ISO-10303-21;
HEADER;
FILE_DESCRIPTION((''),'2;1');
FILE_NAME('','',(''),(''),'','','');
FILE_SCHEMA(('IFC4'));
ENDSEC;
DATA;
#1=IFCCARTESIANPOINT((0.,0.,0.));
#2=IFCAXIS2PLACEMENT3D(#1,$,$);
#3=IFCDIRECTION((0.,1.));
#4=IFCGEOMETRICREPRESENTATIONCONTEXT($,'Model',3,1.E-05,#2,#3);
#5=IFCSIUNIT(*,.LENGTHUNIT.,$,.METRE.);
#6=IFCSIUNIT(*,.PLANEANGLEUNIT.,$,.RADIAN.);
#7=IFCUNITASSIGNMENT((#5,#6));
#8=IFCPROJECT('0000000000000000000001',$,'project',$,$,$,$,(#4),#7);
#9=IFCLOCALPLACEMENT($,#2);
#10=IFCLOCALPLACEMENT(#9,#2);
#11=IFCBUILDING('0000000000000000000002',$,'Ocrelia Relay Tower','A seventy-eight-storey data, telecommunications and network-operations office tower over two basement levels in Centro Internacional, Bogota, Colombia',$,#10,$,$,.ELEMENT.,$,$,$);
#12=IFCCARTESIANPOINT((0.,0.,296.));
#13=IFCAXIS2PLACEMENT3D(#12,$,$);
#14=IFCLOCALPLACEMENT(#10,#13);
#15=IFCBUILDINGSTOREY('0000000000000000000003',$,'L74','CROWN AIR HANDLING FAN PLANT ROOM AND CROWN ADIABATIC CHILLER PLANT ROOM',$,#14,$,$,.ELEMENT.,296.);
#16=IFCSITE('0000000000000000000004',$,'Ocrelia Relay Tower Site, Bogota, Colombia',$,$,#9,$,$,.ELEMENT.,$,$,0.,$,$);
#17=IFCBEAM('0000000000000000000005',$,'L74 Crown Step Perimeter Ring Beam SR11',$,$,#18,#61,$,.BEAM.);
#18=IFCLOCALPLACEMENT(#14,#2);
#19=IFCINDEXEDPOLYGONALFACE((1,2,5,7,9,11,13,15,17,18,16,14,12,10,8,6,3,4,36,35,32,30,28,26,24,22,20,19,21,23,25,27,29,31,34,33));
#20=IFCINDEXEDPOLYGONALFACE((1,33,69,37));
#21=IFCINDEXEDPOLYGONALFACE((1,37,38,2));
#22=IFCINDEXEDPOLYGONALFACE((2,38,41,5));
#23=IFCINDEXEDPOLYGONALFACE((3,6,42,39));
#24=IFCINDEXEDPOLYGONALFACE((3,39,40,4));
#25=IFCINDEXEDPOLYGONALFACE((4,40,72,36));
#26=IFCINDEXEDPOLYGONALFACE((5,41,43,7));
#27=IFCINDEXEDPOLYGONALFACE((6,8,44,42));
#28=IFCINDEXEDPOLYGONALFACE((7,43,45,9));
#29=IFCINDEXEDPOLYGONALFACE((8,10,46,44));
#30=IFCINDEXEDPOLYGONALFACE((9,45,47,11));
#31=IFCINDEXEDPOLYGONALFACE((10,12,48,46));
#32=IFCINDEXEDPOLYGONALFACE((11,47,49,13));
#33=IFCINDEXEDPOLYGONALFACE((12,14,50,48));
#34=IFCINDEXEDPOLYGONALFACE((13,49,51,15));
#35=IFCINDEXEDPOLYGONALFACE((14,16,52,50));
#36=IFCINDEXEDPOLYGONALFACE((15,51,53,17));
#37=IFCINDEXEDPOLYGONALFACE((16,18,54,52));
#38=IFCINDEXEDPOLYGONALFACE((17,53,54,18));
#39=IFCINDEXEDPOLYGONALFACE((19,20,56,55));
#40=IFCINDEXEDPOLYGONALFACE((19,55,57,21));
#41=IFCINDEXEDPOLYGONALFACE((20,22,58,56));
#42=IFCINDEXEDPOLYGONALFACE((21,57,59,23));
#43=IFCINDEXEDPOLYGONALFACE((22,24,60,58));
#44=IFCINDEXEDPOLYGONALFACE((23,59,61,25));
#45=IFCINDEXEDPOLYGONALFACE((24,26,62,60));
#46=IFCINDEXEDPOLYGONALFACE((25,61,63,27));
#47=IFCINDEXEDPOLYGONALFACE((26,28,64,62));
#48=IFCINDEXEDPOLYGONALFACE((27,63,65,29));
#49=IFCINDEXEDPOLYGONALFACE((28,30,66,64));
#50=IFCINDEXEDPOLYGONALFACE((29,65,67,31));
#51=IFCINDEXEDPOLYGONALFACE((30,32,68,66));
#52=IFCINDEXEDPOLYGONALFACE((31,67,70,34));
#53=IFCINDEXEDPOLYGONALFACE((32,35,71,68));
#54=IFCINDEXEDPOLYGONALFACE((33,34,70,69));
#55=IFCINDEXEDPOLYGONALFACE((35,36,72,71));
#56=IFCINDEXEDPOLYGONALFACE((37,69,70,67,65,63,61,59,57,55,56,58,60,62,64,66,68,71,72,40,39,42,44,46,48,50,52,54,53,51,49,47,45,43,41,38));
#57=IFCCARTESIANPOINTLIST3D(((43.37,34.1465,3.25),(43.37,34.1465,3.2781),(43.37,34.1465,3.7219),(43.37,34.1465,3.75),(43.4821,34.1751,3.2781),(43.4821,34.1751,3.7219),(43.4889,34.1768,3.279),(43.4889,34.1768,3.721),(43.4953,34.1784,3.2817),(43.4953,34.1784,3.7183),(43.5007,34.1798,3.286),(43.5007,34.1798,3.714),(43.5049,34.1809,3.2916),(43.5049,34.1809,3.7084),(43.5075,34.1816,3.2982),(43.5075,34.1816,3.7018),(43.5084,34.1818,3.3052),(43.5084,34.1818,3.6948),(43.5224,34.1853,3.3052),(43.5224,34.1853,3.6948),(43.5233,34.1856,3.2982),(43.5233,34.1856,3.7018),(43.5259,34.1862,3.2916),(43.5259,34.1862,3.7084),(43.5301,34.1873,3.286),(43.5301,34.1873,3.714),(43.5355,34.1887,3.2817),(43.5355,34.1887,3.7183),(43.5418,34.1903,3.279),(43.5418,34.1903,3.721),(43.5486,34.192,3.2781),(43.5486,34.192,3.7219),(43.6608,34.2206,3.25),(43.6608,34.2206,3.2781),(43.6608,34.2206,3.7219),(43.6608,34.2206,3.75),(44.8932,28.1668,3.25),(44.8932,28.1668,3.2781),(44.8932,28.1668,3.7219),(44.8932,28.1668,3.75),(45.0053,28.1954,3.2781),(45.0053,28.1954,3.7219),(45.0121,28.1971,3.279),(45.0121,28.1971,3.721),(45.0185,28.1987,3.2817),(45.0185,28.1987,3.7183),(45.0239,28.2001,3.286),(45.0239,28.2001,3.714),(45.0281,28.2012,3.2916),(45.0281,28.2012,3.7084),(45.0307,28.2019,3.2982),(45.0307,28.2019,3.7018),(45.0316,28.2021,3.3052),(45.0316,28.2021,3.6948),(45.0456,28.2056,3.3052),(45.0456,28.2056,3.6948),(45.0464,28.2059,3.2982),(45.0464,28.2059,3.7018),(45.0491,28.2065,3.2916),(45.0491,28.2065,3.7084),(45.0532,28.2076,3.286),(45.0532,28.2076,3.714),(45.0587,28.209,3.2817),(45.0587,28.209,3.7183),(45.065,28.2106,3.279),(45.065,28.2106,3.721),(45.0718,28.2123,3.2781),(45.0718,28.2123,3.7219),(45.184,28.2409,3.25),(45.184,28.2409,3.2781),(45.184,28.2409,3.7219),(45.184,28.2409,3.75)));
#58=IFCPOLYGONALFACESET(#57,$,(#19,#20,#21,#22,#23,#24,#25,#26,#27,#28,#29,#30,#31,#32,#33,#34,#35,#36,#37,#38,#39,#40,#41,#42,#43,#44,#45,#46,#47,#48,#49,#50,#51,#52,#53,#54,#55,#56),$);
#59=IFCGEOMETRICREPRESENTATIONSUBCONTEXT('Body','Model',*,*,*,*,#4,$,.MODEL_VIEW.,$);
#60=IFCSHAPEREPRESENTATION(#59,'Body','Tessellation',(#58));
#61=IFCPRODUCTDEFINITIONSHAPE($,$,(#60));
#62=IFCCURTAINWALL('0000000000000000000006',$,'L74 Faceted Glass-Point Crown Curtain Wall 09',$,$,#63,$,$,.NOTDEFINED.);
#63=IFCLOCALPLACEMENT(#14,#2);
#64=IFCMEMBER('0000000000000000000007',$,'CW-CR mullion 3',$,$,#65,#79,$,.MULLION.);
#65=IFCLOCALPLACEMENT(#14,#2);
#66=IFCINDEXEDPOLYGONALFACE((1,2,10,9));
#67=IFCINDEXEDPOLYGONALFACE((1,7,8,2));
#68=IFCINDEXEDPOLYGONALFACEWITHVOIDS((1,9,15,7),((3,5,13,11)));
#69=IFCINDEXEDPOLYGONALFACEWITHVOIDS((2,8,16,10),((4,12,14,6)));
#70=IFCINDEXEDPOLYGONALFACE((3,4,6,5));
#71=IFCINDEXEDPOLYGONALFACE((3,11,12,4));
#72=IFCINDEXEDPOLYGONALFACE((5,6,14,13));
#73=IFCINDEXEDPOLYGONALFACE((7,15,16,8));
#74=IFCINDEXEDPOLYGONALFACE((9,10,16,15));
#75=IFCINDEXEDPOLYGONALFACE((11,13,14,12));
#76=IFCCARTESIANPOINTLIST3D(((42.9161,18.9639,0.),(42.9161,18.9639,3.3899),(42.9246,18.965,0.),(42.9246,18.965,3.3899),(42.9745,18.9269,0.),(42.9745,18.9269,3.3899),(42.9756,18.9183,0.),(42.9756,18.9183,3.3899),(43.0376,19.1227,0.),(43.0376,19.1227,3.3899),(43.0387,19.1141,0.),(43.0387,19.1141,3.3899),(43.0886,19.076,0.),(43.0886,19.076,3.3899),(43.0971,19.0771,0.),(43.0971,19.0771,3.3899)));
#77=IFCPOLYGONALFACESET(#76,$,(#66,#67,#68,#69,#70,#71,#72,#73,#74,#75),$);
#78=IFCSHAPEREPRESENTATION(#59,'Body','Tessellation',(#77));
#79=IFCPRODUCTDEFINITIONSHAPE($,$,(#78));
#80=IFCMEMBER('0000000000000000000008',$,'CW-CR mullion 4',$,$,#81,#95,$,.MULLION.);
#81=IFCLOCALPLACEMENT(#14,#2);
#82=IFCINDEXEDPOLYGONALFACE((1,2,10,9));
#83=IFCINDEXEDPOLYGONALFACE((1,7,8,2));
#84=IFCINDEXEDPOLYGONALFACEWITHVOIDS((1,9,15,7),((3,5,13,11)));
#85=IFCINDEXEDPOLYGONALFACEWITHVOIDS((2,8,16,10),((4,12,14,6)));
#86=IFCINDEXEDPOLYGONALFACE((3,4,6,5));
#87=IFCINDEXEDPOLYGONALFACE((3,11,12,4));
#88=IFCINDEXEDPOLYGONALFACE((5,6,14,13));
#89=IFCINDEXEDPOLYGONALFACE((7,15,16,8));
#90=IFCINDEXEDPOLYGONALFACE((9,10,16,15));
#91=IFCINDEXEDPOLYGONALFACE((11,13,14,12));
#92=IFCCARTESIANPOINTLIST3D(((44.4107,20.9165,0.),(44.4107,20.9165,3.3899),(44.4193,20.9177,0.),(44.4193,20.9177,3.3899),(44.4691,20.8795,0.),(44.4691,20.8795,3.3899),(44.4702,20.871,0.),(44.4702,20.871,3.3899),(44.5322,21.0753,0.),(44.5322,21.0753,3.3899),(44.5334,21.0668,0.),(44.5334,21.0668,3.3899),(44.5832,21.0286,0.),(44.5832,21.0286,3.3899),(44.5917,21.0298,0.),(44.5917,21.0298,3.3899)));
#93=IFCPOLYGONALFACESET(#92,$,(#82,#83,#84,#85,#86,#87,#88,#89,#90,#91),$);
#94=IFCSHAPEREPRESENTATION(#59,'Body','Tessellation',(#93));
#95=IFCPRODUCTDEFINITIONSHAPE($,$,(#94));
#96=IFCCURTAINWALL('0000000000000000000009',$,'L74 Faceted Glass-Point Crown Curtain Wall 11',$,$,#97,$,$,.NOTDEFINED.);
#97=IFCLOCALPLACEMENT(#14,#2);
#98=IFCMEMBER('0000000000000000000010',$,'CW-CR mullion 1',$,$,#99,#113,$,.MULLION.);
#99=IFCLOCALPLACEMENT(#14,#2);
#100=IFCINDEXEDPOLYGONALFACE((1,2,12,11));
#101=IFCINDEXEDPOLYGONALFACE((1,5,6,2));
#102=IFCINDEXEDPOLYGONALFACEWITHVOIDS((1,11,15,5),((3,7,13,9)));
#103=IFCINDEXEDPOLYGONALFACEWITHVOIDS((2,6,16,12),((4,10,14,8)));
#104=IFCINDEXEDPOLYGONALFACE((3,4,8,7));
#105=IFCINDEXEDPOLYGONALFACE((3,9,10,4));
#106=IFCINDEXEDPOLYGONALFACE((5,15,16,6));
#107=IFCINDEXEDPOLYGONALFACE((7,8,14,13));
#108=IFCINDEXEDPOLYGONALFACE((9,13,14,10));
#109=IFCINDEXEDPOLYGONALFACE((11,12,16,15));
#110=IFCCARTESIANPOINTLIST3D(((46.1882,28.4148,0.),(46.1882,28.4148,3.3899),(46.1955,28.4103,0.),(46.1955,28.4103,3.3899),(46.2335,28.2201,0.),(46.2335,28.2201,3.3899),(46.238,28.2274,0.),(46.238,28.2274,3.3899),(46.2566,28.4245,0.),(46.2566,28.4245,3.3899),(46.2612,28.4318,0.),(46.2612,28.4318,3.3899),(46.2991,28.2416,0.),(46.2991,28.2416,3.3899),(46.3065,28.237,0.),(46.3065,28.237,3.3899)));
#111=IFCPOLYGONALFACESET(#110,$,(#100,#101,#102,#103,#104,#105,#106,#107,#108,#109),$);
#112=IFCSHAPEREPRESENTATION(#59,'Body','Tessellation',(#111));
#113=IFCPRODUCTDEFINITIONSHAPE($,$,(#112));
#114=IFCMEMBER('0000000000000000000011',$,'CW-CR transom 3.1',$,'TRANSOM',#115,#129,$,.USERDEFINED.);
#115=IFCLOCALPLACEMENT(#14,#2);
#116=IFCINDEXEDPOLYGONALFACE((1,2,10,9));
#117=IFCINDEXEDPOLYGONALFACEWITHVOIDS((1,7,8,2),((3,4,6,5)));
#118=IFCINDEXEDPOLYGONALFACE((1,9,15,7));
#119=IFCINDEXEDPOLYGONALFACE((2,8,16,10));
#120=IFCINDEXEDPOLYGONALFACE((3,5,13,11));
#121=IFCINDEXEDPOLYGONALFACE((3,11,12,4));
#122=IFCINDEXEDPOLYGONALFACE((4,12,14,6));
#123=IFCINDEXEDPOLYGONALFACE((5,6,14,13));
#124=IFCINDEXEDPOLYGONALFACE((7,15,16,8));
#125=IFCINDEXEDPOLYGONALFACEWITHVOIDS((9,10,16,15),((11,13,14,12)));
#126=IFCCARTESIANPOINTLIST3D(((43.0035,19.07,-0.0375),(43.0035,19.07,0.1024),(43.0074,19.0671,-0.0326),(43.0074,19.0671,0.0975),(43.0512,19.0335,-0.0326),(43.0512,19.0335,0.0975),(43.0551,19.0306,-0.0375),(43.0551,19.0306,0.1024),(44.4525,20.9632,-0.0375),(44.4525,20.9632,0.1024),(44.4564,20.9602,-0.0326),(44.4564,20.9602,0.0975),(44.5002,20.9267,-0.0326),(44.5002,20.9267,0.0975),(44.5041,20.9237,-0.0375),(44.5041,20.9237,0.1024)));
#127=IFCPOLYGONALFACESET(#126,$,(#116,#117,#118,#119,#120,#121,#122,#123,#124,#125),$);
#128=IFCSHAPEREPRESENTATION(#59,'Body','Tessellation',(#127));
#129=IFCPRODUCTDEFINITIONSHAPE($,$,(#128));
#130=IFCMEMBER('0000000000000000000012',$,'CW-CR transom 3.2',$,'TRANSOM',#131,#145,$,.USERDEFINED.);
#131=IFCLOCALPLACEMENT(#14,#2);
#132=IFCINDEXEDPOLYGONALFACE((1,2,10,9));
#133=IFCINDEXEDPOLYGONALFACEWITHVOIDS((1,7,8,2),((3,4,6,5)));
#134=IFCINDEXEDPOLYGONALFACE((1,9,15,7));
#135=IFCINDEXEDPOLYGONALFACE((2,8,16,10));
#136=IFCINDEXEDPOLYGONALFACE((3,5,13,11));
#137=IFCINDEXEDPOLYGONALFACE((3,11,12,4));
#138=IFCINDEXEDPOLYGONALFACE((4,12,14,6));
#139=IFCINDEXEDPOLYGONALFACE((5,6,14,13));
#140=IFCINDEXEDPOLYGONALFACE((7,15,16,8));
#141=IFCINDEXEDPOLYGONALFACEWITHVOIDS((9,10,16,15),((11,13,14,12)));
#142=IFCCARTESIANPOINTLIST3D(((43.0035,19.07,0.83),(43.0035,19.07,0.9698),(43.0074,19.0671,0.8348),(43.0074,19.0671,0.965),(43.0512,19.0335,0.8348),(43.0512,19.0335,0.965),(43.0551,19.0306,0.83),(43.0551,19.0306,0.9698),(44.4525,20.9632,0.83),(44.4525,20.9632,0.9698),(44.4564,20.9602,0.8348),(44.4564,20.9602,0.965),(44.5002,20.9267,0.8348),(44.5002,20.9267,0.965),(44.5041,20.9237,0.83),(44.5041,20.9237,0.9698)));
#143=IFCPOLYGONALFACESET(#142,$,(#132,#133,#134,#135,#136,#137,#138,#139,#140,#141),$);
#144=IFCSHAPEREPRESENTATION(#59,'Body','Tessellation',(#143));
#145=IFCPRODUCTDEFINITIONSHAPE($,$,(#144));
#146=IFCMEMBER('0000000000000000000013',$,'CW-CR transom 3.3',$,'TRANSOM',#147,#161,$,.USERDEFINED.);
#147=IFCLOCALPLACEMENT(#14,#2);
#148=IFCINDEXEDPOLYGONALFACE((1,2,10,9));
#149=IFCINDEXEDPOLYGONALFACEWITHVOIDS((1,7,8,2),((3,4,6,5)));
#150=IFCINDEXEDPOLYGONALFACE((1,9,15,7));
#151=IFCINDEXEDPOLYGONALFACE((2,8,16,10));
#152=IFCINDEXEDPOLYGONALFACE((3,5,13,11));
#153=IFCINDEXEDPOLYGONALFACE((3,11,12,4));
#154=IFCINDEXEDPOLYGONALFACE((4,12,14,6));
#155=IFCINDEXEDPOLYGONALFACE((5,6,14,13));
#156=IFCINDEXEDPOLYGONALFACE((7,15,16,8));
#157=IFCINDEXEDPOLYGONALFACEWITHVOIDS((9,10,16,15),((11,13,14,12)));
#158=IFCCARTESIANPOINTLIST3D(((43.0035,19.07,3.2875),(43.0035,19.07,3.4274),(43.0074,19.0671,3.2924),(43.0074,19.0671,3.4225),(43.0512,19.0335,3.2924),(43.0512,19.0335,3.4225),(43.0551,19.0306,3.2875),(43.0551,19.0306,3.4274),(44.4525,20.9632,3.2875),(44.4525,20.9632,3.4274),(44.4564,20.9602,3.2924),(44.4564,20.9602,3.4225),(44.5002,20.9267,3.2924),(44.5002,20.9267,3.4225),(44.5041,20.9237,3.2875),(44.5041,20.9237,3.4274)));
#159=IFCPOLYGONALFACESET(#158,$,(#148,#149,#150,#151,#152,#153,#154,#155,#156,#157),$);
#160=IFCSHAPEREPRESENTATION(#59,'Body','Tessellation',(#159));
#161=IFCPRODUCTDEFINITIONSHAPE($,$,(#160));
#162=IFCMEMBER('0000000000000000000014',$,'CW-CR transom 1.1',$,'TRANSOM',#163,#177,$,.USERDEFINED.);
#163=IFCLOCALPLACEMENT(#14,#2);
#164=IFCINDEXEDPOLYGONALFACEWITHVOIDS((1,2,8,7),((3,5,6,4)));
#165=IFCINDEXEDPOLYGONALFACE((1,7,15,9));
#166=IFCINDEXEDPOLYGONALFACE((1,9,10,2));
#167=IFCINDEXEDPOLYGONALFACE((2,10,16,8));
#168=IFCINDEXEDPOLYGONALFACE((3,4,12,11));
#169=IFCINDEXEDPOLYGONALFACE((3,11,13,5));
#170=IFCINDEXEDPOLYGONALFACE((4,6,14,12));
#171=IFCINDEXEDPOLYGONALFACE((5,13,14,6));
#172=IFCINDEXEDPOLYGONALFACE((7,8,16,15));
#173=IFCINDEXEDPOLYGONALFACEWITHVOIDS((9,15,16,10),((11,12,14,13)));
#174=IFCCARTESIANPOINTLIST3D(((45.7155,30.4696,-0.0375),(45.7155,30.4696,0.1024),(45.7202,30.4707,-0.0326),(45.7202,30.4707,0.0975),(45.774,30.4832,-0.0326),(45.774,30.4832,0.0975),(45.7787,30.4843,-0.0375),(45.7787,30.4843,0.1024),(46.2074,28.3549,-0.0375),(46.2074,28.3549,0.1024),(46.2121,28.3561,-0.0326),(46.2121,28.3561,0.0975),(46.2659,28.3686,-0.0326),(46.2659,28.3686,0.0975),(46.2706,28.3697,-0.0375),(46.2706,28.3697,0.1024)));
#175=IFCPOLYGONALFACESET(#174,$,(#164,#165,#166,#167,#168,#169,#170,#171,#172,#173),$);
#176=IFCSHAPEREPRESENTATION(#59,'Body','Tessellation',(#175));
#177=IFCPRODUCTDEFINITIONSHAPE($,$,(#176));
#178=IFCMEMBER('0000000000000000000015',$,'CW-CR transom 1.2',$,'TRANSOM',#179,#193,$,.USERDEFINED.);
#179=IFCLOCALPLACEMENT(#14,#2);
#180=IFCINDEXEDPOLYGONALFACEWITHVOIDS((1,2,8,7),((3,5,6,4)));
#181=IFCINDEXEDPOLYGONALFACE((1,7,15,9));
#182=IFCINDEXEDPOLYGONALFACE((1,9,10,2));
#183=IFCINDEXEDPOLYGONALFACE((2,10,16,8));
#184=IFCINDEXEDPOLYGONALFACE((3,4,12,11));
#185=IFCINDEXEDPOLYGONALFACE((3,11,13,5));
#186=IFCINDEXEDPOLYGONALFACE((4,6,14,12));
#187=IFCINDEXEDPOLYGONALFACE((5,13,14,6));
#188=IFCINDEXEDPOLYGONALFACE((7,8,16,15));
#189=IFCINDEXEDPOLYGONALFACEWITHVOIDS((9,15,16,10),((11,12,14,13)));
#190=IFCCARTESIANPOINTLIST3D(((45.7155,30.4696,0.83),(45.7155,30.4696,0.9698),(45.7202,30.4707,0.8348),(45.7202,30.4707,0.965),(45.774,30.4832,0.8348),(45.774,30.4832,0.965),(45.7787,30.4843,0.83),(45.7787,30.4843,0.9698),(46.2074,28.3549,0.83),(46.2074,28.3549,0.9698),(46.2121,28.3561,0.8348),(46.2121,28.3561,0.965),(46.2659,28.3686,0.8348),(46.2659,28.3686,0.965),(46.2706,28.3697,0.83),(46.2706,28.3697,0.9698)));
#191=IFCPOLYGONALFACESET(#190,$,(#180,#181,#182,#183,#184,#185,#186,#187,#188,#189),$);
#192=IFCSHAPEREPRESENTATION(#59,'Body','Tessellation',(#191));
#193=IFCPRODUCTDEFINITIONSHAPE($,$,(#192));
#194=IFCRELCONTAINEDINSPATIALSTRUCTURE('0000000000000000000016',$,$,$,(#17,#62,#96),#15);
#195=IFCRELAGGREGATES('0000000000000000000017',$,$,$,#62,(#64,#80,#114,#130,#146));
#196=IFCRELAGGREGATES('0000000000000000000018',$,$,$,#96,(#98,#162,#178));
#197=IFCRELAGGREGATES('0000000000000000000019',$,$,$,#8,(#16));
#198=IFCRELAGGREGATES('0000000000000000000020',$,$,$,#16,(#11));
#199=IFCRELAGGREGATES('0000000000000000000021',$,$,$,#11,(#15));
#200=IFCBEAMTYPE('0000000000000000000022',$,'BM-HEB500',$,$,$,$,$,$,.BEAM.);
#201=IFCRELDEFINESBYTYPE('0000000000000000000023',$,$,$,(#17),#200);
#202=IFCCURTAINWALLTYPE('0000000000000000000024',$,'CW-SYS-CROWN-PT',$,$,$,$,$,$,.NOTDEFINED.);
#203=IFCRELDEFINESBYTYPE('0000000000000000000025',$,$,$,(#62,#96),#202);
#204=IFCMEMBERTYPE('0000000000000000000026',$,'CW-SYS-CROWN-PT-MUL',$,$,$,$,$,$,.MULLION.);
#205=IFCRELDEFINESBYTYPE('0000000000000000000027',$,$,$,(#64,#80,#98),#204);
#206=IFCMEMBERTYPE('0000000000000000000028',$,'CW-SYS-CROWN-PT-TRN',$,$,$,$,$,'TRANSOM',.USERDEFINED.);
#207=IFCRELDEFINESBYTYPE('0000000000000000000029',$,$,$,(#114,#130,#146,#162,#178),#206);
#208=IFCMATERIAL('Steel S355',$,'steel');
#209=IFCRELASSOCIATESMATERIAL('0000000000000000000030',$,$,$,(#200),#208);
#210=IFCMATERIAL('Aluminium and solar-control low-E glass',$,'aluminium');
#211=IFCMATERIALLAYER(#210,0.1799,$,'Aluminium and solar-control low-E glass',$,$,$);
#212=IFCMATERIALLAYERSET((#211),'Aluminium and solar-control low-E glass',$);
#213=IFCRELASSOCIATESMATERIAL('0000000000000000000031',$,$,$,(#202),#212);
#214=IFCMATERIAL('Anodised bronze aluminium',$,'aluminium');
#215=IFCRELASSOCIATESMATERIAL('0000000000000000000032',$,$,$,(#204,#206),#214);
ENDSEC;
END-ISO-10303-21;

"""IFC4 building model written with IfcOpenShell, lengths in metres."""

from ifc_helpers import new_model, si_unit, direction, frame, origin, origin_2d, place, context, subcontext, project, spatial, hollow_rectangle, i_section, extrude, material, layer, layer_set, material_profile, profile_set, type_object, element, aggregate, save


model = new_model("IFC4")

# Units and contexts
model_context = context("Model", 3, precision=1e-05, world=origin(), true_north=direction((0.0, 1.0)))
body_context = subcontext(model_context, "Body", "Model", "MODEL_VIEW")
ifc_project = project(units=[si_unit("LENGTHUNIT", "METRE"), si_unit("PLANEANGLEUNIT", "RADIAN")], contexts=[model_context])

# Site, building, storey
site_placement = place(None, origin())
site = spatial("IfcSite", under=ifc_project, at=site_placement, Name="Ocrelia Relay Tower Site, Bogota, Colombia", CompositionType="ELEMENT", RefElevation=0.0)
building_placement = place(site_placement, origin())
building = spatial("IfcBuilding", under=site, at=building_placement, Name="Ocrelia Relay Tower", Description="A seventy-eight-storey data, telecommunications and network-operations office tower over two basement levels in Centro Internacional, Bogota, Colombia", CompositionType="ELEMENT")
storey_placement = place(building_placement, frame((0.0, 0.0, 296.0)))
storey = spatial("IfcBuildingStorey", under=building, at=storey_placement, Name="L74", Description="CROWN AIR HANDLING FAN PLANT ROOM AND CROWN ADIABATIC CHILLER PLANT ROOM", CompositionType="ELEMENT", Elevation=296.0)

# Beam
ifc_material_1 = material(Name="Steel S355", Category="steel")
ifc_material_profile_1 = material_profile(ifc_material_1, i_section(OverallWidth=0.3, OverallDepth=0.5, WebThickness=0.0144, FlangeThickness=0.0281, FilletRadius=0.0271, at=origin_2d()), Name="HEB 500")
ifc_profile_set_1 = profile_set([ifc_material_profile_1], Name="Steel S355")
beam_type_1 = type_object("IfcBeamType", Name="BM-HEB500", PredefinedType="BEAM", material=ifc_profile_set_1)
beam_1_placement = place(storey_placement, frame((45.0386, 28.2039, 3.5), z_axis=(-0.246843, 0.969055, 0.0), x_axis=(-0.969055, -0.246843, 0.0)))
element("IfcBeam", 1, at=beam_1_placement, inside=storey, type_object=beam_type_1, Name="L74 Crown Step Perimeter Ring Beam SR11", PredefinedType="BEAM", context=body_context, shape_type="SweptSolid", body=[
    extrude(i_section(OverallWidth=0.3, OverallDepth=0.5, WebThickness=0.0144, FlangeThickness=0.0281, FilletRadius=0.0271, at=origin_2d()), origin(), (0.0, 0.0, 1.0), 6.1707),
])

# Curtain wall, members
ifc_material_2 = material(Name="Aluminium and solar-control low-E glass", Category="aluminium")
ifc_layer_1 = layer(ifc_material_2, 0.1799, Name="Aluminium and solar-control low-E glass")
ifc_layer_set_1 = layer_set([ifc_layer_1], Name="Aluminium and solar-control low-E glass")
curtain_wall_type = type_object("IfcCurtainWallType", Name="CW-SYS-CROWN-PT", PredefinedType="NOTDEFINED", material=ifc_layer_set_1)
curtain_wall_1_placement = place(storey_placement, origin())
curtain_wall_1 = element("IfcCurtainWall", 2, at=curtain_wall_1_placement, inside=storey, type_object=curtain_wall_type, Name="L74 Faceted Glass-Point Crown Curtain Wall 09", PredefinedType="NOTDEFINED")
ifc_material_3 = material(Name="Anodised bronze aluminium", Category="aluminium")
ifc_material_profile_2 = material_profile(ifc_material_3, hollow_rectangle(XDim=0.075, YDim=0.2, WallThickness=0.0061, at=origin_2d()), Name="CW-MUL-200x75")
ifc_profile_set_2 = profile_set([ifc_material_profile_2], Name="Anodised bronze aluminium")
member_type_1 = type_object("IfcMemberType", Name="CW-SYS-CROWN-PT-MUL", PredefinedType="MULLION", material=ifc_profile_set_2)
member_1_placement = place(storey_placement, frame((43.0066, 19.0205, 0.0), z_axis=(0.0, 0.0, 1.0), x_axis=(-0.794107, 0.607778, 0.0)))
member_1 = element("IfcMember", 3, at=member_1_placement, type_object=member_type_1, Name="CW-CR mullion 3", PredefinedType="MULLION", context=body_context, shape_type="SweptSolid", body=[
    extrude(hollow_rectangle(XDim=0.075, YDim=0.2, WallThickness=0.0061, at=origin_2d()), origin(), (0.0, 0.0, 1.0), 3.3899),
])
member_2_placement = place(storey_placement, frame((44.5012, 20.9731, 0.0), z_axis=(0.0, 0.0, 1.0), x_axis=(-0.794107, 0.607778, 0.0)))
member_2 = element("IfcMember", 4, at=member_2_placement, type_object=member_type_1, Name="CW-CR mullion 4", PredefinedType="MULLION", context=body_context, shape_type="SweptSolid", body=[
    extrude(hollow_rectangle(XDim=0.075, YDim=0.2, WallThickness=0.0061, at=origin_2d()), origin(), (0.0, 0.0, 1.0), 3.3899),
])

# Curtain wall, member
curtain_wall_2_placement = place(storey_placement, origin())
curtain_wall_2 = element("IfcCurtainWall", 5, at=curtain_wall_2_placement, inside=storey, type_object=curtain_wall_type, Name="L74 Faceted Glass-Point Crown Curtain Wall 11", PredefinedType="NOTDEFINED")
member_3_placement = place(storey_placement, frame((46.2473, 28.3259, 0.0), z_axis=(0.0, 0.0, 1.0), x_axis=(-0.974004, -0.226533, 0.0)))
member_3 = element("IfcMember", 6, at=member_3_placement, type_object=member_type_1, Name="CW-CR mullion 1", PredefinedType="MULLION", context=body_context, shape_type="SweptSolid", body=[
    extrude(hollow_rectangle(XDim=0.075, YDim=0.2, WallThickness=0.0061, at=origin_2d()), origin(), (0.0, 0.0, 1.0), 3.3899),
])

# Members
ifc_material_profile_3 = material_profile(ifc_material_3, hollow_rectangle(XDim=0.0649, YDim=0.1399, WallThickness=0.0049, at=origin_2d()), Name="CW-TRN-140x65")
ifc_profile_set_3 = profile_set([ifc_material_profile_3], Name="Anodised bronze aluminium")
member_type_2 = type_object("IfcMemberType", Name="CW-SYS-CROWN-PT-TRN", ElementType="TRANSOM", PredefinedType="USERDEFINED", material=ifc_profile_set_3)
member_4_placement = place(storey_placement, frame((43.0293, 19.0503, 0.0325), z_axis=(0.607804, 0.794087, 0.0), x_axis=(-0.794087, 0.607804, 0.0)))
member_4 = element("IfcMember", 7, at=member_4_placement, type_object=member_type_2, Name="CW-CR transom 3.1", ObjectType="TRANSOM", PredefinedType="USERDEFINED", context=body_context, shape_type="SweptSolid", body=[
    extrude(hollow_rectangle(XDim=0.0649, YDim=0.1399, WallThickness=0.0049, at=origin_2d()), origin(), (0.0, 0.0, 1.0), 2.384),
])
member_5_placement = place(storey_placement, frame((43.0293, 19.0503, 0.8999), z_axis=(0.607804, 0.794087, 0.0), x_axis=(-0.794087, 0.607804, 0.0)))
member_5 = element("IfcMember", 8, at=member_5_placement, type_object=member_type_2, Name="CW-CR transom 3.2", ObjectType="TRANSOM", PredefinedType="USERDEFINED", context=body_context, shape_type="SweptSolid", body=[
    extrude(hollow_rectangle(XDim=0.0649, YDim=0.1399, WallThickness=0.0049, at=origin_2d()), origin(), (0.0, 0.0, 1.0), 2.384),
])
member_6_placement = place(storey_placement, frame((43.0293, 19.0503, 3.3574), z_axis=(0.607804, 0.794087, 0.0), x_axis=(-0.794087, 0.607804, 0.0)))
member_6 = element("IfcMember", 9, at=member_6_placement, type_object=member_type_2, Name="CW-CR transom 3.3", ObjectType="TRANSOM", PredefinedType="USERDEFINED", context=body_context, shape_type="SweptSolid", body=[
    extrude(hollow_rectangle(XDim=0.0649, YDim=0.1399, WallThickness=0.0049, at=origin_2d()), origin(), (0.0, 0.0, 1.0), 2.384),
])
member_7_placement = place(storey_placement, frame((46.239, 28.3623, 0.0325), z_axis=(-0.226576, 0.973994, 0.0), x_axis=(-0.973994, -0.226576, 0.0)))
member_7 = element("IfcMember", 10, at=member_7_placement, type_object=member_type_2, Name="CW-CR transom 1.1", ObjectType="TRANSOM", PredefinedType="USERDEFINED", context=body_context, shape_type="SweptSolid", body=[
    extrude(hollow_rectangle(XDim=0.0649, YDim=0.1399, WallThickness=0.0049, at=origin_2d()), origin(), (0.0, 0.0, 1.0), 2.1711),
])
member_8_placement = place(storey_placement, frame((46.239, 28.3623, 0.8999), z_axis=(-0.226576, 0.973994, 0.0), x_axis=(-0.973994, -0.226576, 0.0)))
member_8 = element("IfcMember", 11, at=member_8_placement, type_object=member_type_2, Name="CW-CR transom 1.2", ObjectType="TRANSOM", PredefinedType="USERDEFINED", context=body_context, shape_type="SweptSolid", body=[
    extrude(hollow_rectangle(XDim=0.0649, YDim=0.1399, WallThickness=0.0049, at=origin_2d()), origin(), (0.0, 0.0, 1.0), 2.1711),
])

aggregate(curtain_wall_1, [member_1, member_2, member_4, member_5, member_6])
aggregate(curtain_wall_2, [member_3, member_7, member_8])

save(model, "model.ifc")
